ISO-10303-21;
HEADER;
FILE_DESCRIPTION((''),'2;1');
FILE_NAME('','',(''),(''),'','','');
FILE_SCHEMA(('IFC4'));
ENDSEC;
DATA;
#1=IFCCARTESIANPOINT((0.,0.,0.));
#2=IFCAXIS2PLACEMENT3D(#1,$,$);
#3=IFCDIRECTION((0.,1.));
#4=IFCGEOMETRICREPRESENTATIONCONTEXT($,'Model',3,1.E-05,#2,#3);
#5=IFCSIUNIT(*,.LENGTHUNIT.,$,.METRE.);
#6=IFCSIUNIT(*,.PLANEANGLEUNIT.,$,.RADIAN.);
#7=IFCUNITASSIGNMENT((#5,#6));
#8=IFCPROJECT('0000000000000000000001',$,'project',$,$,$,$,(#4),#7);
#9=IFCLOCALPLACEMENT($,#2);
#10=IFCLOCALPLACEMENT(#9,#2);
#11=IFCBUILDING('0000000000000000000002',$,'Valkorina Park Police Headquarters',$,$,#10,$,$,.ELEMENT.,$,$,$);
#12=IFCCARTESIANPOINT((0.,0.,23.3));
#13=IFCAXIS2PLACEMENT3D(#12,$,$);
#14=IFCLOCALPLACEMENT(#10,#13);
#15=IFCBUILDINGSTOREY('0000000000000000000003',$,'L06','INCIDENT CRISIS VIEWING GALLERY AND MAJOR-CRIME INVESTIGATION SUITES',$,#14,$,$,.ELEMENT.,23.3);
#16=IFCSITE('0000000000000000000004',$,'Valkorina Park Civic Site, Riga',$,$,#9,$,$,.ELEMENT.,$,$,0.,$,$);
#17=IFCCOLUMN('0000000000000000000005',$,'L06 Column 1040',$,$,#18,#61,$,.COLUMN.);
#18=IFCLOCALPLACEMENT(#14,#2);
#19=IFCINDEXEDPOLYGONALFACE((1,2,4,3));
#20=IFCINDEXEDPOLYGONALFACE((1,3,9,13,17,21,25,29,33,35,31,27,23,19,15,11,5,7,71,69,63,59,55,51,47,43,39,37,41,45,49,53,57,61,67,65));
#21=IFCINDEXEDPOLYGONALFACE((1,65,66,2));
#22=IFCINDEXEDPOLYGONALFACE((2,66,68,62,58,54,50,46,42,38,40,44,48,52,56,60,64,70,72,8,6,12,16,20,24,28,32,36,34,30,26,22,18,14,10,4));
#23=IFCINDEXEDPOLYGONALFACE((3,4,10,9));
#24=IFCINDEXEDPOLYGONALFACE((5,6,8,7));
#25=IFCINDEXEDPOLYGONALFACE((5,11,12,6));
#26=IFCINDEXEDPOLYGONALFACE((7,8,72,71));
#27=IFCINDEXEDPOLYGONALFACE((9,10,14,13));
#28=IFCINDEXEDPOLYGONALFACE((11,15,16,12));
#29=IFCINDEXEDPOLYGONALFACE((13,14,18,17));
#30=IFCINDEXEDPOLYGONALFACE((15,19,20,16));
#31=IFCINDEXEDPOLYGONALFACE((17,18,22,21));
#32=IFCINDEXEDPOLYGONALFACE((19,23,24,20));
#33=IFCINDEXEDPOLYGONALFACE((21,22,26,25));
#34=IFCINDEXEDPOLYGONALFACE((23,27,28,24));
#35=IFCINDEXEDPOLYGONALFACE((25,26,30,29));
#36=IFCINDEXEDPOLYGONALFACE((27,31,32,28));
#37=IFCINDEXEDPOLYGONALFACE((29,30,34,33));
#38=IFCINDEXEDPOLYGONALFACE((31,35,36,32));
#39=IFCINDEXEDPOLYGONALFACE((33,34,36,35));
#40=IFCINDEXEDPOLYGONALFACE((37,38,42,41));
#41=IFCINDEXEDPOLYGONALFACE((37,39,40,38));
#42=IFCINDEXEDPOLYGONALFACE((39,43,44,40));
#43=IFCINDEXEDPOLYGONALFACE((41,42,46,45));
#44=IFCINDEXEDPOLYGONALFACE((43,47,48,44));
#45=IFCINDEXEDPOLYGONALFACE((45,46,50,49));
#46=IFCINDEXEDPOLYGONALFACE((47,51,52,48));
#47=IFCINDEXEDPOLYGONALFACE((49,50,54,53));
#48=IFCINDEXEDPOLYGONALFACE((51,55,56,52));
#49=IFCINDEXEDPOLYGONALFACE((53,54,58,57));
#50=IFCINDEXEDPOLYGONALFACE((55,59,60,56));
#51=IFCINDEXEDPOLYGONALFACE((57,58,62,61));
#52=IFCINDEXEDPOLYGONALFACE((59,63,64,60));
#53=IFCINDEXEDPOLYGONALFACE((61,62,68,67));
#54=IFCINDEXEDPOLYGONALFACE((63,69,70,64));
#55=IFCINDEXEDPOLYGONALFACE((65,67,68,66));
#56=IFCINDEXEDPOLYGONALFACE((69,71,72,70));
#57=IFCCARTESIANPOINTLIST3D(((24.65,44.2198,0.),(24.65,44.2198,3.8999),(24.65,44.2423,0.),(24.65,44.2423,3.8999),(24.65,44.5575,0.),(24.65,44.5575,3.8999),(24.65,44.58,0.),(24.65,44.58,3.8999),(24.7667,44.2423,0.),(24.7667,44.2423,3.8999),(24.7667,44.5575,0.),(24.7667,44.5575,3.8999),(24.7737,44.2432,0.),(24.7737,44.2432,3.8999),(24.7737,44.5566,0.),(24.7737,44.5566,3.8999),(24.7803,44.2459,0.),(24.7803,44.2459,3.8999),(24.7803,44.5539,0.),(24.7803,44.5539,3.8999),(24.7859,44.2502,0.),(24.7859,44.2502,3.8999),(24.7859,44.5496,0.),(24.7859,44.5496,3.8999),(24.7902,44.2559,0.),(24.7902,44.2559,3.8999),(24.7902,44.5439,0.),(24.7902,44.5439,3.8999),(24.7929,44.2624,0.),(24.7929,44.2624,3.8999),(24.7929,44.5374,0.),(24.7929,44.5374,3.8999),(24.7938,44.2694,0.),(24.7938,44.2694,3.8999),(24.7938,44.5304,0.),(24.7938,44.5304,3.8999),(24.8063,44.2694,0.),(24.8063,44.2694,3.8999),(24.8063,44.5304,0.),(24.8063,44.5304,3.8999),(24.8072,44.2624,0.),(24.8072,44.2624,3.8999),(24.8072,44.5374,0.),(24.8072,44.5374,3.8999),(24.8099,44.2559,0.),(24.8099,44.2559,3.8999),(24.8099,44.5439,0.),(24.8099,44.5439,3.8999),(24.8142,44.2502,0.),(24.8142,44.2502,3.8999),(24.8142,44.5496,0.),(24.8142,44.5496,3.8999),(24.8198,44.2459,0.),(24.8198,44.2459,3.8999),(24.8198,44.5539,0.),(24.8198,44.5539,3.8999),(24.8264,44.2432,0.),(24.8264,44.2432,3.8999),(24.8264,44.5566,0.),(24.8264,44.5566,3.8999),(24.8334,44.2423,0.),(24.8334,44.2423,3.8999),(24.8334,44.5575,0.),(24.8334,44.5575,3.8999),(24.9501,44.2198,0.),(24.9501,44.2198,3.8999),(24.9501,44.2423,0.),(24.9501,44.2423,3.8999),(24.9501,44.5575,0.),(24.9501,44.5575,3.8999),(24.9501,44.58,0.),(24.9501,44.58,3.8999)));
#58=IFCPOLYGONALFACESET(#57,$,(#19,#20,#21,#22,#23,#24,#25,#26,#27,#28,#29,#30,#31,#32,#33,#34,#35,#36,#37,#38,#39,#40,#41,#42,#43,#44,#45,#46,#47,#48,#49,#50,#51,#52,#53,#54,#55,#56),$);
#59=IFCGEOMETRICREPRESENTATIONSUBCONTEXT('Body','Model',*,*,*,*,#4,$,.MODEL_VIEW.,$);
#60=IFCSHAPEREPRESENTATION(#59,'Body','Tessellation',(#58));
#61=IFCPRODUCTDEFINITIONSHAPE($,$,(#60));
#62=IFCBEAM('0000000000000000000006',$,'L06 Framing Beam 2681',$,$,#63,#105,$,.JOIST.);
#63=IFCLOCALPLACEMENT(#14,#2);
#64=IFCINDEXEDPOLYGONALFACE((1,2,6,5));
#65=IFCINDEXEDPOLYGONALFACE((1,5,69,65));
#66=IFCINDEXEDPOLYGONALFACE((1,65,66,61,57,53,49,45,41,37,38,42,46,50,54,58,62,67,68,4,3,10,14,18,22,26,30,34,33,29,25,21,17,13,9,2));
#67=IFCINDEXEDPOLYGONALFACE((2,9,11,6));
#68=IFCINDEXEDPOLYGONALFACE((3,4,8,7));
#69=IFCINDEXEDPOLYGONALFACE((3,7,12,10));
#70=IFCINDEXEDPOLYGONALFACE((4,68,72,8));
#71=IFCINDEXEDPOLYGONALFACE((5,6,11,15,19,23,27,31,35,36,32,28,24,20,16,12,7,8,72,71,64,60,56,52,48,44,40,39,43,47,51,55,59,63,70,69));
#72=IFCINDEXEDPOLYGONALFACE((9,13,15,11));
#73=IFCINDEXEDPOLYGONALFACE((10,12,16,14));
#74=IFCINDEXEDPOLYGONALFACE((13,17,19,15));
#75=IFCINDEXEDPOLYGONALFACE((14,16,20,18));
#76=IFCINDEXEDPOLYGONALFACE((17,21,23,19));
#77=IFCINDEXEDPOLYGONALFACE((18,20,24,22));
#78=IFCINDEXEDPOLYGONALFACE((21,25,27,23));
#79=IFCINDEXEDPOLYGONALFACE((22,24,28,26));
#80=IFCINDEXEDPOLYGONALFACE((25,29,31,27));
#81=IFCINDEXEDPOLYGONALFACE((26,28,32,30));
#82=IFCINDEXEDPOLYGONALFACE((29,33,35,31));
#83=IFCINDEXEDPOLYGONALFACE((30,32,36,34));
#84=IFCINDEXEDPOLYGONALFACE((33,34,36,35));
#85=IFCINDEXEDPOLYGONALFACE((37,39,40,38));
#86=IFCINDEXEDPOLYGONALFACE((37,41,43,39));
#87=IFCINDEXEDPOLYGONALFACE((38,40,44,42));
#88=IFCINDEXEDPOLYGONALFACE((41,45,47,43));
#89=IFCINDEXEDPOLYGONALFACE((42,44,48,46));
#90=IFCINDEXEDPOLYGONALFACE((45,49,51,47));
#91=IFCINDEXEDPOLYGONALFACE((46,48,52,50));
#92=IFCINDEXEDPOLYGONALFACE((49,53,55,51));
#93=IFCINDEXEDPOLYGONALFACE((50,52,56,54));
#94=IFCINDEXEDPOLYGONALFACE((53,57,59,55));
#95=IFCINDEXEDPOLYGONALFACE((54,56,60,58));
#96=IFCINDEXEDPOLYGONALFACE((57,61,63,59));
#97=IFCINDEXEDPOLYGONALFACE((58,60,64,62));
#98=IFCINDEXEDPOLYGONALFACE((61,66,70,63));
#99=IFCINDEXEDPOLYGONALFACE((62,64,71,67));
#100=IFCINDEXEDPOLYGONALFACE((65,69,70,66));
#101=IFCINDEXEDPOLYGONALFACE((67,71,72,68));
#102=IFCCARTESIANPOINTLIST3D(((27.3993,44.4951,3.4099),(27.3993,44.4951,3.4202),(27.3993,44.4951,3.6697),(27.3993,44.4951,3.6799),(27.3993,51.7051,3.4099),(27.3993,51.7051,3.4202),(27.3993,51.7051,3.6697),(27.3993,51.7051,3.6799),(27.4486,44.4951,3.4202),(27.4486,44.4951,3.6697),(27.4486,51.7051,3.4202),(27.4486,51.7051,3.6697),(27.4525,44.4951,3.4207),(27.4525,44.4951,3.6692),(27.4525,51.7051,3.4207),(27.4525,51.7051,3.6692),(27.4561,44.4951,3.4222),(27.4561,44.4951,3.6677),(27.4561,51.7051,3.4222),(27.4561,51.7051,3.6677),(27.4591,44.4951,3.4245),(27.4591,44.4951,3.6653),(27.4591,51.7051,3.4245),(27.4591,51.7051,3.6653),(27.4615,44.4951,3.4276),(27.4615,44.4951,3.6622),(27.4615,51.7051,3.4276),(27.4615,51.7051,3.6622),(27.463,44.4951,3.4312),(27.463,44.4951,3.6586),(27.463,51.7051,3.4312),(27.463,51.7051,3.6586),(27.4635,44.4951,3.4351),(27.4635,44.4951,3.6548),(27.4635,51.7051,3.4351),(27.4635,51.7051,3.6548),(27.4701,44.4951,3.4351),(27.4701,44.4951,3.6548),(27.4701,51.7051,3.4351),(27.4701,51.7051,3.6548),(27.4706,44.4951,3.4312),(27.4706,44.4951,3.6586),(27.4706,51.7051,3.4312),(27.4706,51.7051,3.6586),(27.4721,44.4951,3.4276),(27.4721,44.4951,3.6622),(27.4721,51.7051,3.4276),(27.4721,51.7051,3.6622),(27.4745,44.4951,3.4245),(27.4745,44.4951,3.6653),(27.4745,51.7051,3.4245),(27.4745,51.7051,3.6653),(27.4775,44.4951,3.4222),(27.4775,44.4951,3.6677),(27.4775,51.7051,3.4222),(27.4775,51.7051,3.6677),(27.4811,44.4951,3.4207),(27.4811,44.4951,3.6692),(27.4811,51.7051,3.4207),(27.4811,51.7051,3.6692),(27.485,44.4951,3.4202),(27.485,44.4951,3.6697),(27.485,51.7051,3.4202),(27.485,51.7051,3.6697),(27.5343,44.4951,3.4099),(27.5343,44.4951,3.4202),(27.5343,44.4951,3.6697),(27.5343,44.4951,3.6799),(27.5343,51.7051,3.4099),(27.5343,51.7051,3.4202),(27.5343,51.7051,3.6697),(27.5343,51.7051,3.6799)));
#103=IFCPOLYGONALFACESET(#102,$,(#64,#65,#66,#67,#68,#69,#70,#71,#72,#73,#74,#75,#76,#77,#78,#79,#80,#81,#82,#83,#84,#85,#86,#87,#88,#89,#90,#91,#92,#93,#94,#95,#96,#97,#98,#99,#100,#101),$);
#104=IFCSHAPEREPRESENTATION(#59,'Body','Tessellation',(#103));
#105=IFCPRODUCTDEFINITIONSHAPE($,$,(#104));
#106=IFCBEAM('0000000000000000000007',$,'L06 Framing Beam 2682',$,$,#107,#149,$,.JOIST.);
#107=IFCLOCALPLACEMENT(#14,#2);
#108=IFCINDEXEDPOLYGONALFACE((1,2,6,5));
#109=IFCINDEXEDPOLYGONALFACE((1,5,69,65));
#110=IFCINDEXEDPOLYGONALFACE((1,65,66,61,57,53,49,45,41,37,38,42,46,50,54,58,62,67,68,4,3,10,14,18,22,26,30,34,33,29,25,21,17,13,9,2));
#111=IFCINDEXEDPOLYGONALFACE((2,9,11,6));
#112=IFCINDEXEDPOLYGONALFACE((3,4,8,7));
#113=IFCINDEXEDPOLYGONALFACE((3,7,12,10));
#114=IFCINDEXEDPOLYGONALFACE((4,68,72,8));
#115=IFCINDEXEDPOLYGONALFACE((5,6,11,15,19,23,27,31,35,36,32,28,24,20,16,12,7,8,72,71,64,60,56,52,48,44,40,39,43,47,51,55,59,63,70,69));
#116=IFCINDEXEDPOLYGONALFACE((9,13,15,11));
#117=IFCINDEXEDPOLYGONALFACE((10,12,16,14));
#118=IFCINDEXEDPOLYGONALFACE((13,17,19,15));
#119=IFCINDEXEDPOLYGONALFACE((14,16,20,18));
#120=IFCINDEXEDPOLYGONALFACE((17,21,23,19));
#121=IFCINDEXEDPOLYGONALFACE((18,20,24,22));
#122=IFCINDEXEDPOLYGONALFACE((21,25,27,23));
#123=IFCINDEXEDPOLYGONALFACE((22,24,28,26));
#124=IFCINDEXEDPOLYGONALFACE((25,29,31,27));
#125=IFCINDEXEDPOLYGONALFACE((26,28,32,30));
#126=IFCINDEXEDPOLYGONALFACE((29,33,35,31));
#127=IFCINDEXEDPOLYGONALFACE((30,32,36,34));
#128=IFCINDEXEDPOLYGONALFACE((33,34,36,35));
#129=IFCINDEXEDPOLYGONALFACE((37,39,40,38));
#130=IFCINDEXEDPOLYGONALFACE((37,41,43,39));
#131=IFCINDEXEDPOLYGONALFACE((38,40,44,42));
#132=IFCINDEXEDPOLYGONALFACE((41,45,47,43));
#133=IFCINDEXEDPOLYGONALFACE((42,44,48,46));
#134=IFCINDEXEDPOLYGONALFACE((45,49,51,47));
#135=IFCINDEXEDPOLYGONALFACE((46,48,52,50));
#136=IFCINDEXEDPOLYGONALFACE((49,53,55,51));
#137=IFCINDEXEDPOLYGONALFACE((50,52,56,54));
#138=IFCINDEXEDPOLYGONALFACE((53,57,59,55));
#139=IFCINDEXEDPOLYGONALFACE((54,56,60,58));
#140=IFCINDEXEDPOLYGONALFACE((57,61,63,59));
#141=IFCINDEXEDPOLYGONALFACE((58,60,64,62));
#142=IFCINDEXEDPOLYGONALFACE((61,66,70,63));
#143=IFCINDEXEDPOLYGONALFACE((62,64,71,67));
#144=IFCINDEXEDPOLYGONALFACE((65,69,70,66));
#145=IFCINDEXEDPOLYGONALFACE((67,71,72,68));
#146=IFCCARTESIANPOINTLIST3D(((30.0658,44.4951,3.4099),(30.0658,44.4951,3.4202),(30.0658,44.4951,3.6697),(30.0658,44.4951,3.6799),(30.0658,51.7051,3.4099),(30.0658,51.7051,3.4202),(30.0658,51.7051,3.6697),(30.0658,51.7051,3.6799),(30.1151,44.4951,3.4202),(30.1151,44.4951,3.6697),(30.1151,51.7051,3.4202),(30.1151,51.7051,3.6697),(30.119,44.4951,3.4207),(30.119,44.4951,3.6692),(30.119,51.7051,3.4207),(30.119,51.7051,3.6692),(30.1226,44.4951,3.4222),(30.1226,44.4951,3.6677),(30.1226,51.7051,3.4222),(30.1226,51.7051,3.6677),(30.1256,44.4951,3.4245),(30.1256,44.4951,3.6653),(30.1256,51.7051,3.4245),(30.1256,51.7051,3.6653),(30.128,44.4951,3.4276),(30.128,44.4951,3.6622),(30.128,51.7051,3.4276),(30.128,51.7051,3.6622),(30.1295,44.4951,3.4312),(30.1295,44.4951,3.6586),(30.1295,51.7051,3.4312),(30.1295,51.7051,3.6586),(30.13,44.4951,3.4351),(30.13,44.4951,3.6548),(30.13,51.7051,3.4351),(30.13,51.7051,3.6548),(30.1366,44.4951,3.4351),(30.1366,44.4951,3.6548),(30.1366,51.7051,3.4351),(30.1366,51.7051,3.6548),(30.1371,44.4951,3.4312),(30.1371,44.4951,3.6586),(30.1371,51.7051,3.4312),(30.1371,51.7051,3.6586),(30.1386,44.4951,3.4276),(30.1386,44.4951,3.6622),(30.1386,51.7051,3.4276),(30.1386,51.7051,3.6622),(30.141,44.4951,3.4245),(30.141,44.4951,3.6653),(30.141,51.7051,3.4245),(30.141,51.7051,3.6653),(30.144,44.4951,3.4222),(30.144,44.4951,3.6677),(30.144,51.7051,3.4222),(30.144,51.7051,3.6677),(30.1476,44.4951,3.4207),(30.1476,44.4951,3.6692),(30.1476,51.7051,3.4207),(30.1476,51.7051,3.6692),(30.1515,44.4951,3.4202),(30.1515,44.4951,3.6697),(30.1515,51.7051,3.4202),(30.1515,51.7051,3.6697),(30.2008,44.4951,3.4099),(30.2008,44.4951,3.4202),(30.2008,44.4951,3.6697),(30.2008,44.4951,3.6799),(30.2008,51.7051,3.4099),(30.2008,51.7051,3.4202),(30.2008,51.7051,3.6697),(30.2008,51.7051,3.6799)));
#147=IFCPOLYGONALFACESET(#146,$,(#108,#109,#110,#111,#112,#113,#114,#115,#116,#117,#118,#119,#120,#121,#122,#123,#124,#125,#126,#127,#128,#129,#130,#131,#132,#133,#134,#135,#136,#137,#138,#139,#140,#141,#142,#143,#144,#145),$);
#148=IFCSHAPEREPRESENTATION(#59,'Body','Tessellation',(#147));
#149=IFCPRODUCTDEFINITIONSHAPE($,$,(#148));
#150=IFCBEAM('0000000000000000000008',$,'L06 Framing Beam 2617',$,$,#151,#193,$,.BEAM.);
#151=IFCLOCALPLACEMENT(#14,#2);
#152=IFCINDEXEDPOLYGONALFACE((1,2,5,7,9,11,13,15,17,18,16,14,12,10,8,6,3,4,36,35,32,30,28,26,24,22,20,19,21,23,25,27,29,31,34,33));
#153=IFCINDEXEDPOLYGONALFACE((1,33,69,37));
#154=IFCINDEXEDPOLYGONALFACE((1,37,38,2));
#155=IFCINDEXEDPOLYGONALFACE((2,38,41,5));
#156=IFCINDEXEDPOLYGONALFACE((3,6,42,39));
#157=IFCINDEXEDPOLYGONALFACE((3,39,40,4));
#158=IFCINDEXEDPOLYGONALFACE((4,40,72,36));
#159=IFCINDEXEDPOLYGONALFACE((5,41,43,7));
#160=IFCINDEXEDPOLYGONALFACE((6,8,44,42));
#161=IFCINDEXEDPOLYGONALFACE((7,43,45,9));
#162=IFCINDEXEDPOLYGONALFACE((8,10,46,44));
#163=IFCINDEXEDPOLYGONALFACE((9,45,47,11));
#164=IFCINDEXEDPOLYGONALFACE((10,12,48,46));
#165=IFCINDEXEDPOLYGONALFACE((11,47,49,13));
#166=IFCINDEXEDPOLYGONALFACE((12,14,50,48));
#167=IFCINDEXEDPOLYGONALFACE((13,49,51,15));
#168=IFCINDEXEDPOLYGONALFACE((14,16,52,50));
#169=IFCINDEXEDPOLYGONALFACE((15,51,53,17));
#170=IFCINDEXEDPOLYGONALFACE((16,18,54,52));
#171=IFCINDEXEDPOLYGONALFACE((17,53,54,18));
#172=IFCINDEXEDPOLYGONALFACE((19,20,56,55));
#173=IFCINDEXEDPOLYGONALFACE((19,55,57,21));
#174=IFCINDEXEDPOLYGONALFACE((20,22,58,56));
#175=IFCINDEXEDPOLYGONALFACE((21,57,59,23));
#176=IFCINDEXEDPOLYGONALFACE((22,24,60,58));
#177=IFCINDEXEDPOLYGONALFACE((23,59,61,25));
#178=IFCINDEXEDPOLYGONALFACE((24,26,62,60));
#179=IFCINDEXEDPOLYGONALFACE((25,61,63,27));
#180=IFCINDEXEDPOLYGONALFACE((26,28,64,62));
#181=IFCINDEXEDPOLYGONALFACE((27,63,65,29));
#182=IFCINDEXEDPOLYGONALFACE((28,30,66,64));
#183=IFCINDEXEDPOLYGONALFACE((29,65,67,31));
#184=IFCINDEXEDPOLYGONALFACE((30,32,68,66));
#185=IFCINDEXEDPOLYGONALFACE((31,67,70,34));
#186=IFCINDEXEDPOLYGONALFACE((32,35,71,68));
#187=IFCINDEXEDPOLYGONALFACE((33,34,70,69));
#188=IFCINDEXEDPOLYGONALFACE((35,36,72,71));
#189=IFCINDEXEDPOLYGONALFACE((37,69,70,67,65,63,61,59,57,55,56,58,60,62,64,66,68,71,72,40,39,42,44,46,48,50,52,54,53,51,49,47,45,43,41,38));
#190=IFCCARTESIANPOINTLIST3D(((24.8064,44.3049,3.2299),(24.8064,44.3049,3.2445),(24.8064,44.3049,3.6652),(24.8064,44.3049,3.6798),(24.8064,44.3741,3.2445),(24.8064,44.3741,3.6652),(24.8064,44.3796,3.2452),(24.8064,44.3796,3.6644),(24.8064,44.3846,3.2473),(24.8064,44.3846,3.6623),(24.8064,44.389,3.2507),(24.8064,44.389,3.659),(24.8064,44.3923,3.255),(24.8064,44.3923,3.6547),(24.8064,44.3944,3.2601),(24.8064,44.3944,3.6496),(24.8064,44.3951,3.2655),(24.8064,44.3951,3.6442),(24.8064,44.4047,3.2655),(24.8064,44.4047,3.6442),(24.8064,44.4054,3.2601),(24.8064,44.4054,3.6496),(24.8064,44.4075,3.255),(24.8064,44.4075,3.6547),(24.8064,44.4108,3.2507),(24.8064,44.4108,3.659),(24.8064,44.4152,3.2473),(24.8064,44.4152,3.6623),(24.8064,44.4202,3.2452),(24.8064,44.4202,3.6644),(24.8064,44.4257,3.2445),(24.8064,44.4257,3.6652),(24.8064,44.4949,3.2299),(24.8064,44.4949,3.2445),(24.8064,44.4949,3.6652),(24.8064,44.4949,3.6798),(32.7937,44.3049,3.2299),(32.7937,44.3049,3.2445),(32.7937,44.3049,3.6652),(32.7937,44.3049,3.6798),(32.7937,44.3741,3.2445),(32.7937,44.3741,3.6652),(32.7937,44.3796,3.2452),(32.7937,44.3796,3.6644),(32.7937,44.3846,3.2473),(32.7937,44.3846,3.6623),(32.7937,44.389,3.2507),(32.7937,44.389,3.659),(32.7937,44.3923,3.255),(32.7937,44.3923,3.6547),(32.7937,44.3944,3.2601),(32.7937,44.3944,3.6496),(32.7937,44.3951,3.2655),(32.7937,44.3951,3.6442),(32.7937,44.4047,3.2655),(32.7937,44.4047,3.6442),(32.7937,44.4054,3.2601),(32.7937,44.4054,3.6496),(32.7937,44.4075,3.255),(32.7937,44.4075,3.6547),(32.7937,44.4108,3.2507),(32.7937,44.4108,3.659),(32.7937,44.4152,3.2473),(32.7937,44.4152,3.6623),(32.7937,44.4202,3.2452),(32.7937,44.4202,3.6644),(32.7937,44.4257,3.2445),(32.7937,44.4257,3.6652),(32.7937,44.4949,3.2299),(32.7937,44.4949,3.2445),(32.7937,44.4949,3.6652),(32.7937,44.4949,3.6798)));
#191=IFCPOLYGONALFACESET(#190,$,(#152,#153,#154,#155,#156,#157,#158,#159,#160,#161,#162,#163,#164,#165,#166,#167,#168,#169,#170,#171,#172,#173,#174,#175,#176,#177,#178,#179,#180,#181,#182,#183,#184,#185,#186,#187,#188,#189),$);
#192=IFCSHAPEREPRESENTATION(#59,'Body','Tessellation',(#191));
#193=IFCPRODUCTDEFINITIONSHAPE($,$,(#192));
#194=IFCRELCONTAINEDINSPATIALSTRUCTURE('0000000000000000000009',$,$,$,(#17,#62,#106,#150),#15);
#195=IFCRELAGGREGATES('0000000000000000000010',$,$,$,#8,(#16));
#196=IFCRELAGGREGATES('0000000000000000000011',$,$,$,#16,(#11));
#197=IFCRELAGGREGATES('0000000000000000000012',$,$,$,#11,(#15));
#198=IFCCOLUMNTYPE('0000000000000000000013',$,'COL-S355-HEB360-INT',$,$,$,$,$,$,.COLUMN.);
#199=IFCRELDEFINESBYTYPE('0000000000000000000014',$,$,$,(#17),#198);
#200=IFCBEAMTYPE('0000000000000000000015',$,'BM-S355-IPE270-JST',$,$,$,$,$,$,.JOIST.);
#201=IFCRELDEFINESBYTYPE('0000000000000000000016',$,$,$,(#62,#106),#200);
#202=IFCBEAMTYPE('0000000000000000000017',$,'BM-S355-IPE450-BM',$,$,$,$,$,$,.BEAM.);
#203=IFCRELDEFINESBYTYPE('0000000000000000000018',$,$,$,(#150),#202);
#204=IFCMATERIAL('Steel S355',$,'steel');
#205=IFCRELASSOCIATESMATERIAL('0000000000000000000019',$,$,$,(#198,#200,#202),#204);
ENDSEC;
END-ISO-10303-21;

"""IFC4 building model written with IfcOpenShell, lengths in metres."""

from ifc_helpers import new_model, si_unit, direction, frame, origin, origin_2d, place, context, subcontext, project, spatial, i_section, extrude, material, material_profile, profile_set, type_object, element, save


model = new_model("IFC4")

# Units and contexts
model_context = context("Model", 3, precision=1e-05, world=origin(), true_north=direction((0.0, 1.0)))
body_context = subcontext(model_context, "Body", "Model", "MODEL_VIEW")
ifc_project = project(units=[si_unit("LENGTHUNIT", "METRE"), si_unit("PLANEANGLEUNIT", "RADIAN")], contexts=[model_context])

# Site, building, storey
site_placement = place(None, origin())
site = spatial("IfcSite", under=ifc_project, at=site_placement, Name="Valkorina Park Civic Site, Riga", CompositionType="ELEMENT", RefElevation=0.0)
building_placement = place(site_placement, origin())
building = spatial("IfcBuilding", under=site, at=building_placement, Name="Valkorina Park Police Headquarters", CompositionType="ELEMENT")
storey_placement = place(building_placement, frame((0.0, 0.0, 23.3)))
storey = spatial("IfcBuildingStorey", under=building, at=storey_placement, Name="L06", Description="INCIDENT CRISIS VIEWING GALLERY AND MAJOR-CRIME INVESTIGATION SUITES", CompositionType="ELEMENT", Elevation=23.3)

# Column
ifc_material_1 = material(Name="Steel S355", Category="steel")
ifc_material_profile_1 = material_profile(ifc_material_1, i_section(OverallWidth=0.3, OverallDepth=0.3601, WebThickness=0.0125, FlangeThickness=0.0225, FilletRadius=0.0271, at=origin_2d()), Name="HEB 360")
ifc_profile_set_1 = profile_set([ifc_material_profile_1], Name="Steel S355")
column_type = type_object("IfcColumnType", Name="COL-S355-HEB360-INT", PredefinedType="COLUMN", material=ifc_profile_set_1)
column_placement = place(storey_placement, frame((24.8, 44.3999, 0.0), z_axis=(0.0, 0.0, 1.0), x_axis=(1.0, 0.0, 0.0)))
element("IfcColumn", 1, at=column_placement, inside=storey, type_object=column_type, Name="L06 Column 1040", PredefinedType="COLUMN", context=body_context, shape_type="SweptSolid", body=[
    extrude(i_section(OverallWidth=0.3, OverallDepth=0.3601, WebThickness=0.0125, FlangeThickness=0.0225, FilletRadius=0.0271, at=origin_2d()), origin(), (0.0, 0.0, 1.0), 3.8999),
])

# Beams
ifc_material_profile_2 = material_profile(ifc_material_1, i_section(OverallWidth=0.135, OverallDepth=0.27, WebThickness=0.0066, FlangeThickness=0.0103, FilletRadius=0.0149, at=origin_2d()), Name="IPE 270")
ifc_profile_set_2 = profile_set([ifc_material_profile_2], Name="Steel S355")
beam_type_1 = type_object("IfcBeamType", Name="BM-S355-IPE270-JST", PredefinedType="JOIST", material=ifc_profile_set_2)
for number, where, z_axis, x_axis, name in (
    (2, (27.4668, 44.4951, 3.5449), (0.0, 1.0, 0.0), (-1.0, 0.0, 0.0), "L06 Framing Beam 2681"),
    (3, (30.1333, 44.4951, 3.5449), (0.0, 1.0, 0.0), (-1.0, 0.0, 0.0), "L06 Framing Beam 2682"),
):
    element("IfcBeam", number, at=place(storey_placement, frame(where, z_axis=z_axis, x_axis=x_axis)), inside=storey, type_object=beam_type_1, Name=name, PredefinedType="JOIST", context=body_context, shape_type="SweptSolid", body=[
        extrude(i_section(OverallWidth=0.135, OverallDepth=0.27, WebThickness=0.0066, FlangeThickness=0.0103, FilletRadius=0.0149, at=origin_2d()), origin(), (0.0, 0.0, 1.0), 7.21),
    ])
ifc_material_profile_3 = material_profile(ifc_material_1, i_section(OverallWidth=0.1899, OverallDepth=0.45, WebThickness=0.0095, FlangeThickness=0.0146, FilletRadius=0.021, at=origin_2d()), Name="IPE 450")
ifc_profile_set_3 = profile_set([ifc_material_profile_3], Name="Steel S355")
beam_type_2 = type_object("IfcBeamType", Name="BM-S355-IPE450-BM", PredefinedType="BEAM", material=ifc_profile_set_3)
beam_placement = place(storey_placement, frame((24.8064, 44.3999, 3.4548), z_axis=(1.0, 0.0, 0.0), x_axis=(0.0, 1.0, 0.0)))
element("IfcBeam", 4, at=beam_placement, inside=storey, type_object=beam_type_2, Name="L06 Framing Beam 2617", PredefinedType="BEAM", context=body_context, shape_type="SweptSolid", body=[
    extrude(i_section(OverallWidth=0.1899, OverallDepth=0.45, WebThickness=0.0095, FlangeThickness=0.0146, FilletRadius=0.021, at=origin_2d()), origin(), (0.0, 0.0, 1.0), 7.9873),
])

save(model, "model.ifc")
